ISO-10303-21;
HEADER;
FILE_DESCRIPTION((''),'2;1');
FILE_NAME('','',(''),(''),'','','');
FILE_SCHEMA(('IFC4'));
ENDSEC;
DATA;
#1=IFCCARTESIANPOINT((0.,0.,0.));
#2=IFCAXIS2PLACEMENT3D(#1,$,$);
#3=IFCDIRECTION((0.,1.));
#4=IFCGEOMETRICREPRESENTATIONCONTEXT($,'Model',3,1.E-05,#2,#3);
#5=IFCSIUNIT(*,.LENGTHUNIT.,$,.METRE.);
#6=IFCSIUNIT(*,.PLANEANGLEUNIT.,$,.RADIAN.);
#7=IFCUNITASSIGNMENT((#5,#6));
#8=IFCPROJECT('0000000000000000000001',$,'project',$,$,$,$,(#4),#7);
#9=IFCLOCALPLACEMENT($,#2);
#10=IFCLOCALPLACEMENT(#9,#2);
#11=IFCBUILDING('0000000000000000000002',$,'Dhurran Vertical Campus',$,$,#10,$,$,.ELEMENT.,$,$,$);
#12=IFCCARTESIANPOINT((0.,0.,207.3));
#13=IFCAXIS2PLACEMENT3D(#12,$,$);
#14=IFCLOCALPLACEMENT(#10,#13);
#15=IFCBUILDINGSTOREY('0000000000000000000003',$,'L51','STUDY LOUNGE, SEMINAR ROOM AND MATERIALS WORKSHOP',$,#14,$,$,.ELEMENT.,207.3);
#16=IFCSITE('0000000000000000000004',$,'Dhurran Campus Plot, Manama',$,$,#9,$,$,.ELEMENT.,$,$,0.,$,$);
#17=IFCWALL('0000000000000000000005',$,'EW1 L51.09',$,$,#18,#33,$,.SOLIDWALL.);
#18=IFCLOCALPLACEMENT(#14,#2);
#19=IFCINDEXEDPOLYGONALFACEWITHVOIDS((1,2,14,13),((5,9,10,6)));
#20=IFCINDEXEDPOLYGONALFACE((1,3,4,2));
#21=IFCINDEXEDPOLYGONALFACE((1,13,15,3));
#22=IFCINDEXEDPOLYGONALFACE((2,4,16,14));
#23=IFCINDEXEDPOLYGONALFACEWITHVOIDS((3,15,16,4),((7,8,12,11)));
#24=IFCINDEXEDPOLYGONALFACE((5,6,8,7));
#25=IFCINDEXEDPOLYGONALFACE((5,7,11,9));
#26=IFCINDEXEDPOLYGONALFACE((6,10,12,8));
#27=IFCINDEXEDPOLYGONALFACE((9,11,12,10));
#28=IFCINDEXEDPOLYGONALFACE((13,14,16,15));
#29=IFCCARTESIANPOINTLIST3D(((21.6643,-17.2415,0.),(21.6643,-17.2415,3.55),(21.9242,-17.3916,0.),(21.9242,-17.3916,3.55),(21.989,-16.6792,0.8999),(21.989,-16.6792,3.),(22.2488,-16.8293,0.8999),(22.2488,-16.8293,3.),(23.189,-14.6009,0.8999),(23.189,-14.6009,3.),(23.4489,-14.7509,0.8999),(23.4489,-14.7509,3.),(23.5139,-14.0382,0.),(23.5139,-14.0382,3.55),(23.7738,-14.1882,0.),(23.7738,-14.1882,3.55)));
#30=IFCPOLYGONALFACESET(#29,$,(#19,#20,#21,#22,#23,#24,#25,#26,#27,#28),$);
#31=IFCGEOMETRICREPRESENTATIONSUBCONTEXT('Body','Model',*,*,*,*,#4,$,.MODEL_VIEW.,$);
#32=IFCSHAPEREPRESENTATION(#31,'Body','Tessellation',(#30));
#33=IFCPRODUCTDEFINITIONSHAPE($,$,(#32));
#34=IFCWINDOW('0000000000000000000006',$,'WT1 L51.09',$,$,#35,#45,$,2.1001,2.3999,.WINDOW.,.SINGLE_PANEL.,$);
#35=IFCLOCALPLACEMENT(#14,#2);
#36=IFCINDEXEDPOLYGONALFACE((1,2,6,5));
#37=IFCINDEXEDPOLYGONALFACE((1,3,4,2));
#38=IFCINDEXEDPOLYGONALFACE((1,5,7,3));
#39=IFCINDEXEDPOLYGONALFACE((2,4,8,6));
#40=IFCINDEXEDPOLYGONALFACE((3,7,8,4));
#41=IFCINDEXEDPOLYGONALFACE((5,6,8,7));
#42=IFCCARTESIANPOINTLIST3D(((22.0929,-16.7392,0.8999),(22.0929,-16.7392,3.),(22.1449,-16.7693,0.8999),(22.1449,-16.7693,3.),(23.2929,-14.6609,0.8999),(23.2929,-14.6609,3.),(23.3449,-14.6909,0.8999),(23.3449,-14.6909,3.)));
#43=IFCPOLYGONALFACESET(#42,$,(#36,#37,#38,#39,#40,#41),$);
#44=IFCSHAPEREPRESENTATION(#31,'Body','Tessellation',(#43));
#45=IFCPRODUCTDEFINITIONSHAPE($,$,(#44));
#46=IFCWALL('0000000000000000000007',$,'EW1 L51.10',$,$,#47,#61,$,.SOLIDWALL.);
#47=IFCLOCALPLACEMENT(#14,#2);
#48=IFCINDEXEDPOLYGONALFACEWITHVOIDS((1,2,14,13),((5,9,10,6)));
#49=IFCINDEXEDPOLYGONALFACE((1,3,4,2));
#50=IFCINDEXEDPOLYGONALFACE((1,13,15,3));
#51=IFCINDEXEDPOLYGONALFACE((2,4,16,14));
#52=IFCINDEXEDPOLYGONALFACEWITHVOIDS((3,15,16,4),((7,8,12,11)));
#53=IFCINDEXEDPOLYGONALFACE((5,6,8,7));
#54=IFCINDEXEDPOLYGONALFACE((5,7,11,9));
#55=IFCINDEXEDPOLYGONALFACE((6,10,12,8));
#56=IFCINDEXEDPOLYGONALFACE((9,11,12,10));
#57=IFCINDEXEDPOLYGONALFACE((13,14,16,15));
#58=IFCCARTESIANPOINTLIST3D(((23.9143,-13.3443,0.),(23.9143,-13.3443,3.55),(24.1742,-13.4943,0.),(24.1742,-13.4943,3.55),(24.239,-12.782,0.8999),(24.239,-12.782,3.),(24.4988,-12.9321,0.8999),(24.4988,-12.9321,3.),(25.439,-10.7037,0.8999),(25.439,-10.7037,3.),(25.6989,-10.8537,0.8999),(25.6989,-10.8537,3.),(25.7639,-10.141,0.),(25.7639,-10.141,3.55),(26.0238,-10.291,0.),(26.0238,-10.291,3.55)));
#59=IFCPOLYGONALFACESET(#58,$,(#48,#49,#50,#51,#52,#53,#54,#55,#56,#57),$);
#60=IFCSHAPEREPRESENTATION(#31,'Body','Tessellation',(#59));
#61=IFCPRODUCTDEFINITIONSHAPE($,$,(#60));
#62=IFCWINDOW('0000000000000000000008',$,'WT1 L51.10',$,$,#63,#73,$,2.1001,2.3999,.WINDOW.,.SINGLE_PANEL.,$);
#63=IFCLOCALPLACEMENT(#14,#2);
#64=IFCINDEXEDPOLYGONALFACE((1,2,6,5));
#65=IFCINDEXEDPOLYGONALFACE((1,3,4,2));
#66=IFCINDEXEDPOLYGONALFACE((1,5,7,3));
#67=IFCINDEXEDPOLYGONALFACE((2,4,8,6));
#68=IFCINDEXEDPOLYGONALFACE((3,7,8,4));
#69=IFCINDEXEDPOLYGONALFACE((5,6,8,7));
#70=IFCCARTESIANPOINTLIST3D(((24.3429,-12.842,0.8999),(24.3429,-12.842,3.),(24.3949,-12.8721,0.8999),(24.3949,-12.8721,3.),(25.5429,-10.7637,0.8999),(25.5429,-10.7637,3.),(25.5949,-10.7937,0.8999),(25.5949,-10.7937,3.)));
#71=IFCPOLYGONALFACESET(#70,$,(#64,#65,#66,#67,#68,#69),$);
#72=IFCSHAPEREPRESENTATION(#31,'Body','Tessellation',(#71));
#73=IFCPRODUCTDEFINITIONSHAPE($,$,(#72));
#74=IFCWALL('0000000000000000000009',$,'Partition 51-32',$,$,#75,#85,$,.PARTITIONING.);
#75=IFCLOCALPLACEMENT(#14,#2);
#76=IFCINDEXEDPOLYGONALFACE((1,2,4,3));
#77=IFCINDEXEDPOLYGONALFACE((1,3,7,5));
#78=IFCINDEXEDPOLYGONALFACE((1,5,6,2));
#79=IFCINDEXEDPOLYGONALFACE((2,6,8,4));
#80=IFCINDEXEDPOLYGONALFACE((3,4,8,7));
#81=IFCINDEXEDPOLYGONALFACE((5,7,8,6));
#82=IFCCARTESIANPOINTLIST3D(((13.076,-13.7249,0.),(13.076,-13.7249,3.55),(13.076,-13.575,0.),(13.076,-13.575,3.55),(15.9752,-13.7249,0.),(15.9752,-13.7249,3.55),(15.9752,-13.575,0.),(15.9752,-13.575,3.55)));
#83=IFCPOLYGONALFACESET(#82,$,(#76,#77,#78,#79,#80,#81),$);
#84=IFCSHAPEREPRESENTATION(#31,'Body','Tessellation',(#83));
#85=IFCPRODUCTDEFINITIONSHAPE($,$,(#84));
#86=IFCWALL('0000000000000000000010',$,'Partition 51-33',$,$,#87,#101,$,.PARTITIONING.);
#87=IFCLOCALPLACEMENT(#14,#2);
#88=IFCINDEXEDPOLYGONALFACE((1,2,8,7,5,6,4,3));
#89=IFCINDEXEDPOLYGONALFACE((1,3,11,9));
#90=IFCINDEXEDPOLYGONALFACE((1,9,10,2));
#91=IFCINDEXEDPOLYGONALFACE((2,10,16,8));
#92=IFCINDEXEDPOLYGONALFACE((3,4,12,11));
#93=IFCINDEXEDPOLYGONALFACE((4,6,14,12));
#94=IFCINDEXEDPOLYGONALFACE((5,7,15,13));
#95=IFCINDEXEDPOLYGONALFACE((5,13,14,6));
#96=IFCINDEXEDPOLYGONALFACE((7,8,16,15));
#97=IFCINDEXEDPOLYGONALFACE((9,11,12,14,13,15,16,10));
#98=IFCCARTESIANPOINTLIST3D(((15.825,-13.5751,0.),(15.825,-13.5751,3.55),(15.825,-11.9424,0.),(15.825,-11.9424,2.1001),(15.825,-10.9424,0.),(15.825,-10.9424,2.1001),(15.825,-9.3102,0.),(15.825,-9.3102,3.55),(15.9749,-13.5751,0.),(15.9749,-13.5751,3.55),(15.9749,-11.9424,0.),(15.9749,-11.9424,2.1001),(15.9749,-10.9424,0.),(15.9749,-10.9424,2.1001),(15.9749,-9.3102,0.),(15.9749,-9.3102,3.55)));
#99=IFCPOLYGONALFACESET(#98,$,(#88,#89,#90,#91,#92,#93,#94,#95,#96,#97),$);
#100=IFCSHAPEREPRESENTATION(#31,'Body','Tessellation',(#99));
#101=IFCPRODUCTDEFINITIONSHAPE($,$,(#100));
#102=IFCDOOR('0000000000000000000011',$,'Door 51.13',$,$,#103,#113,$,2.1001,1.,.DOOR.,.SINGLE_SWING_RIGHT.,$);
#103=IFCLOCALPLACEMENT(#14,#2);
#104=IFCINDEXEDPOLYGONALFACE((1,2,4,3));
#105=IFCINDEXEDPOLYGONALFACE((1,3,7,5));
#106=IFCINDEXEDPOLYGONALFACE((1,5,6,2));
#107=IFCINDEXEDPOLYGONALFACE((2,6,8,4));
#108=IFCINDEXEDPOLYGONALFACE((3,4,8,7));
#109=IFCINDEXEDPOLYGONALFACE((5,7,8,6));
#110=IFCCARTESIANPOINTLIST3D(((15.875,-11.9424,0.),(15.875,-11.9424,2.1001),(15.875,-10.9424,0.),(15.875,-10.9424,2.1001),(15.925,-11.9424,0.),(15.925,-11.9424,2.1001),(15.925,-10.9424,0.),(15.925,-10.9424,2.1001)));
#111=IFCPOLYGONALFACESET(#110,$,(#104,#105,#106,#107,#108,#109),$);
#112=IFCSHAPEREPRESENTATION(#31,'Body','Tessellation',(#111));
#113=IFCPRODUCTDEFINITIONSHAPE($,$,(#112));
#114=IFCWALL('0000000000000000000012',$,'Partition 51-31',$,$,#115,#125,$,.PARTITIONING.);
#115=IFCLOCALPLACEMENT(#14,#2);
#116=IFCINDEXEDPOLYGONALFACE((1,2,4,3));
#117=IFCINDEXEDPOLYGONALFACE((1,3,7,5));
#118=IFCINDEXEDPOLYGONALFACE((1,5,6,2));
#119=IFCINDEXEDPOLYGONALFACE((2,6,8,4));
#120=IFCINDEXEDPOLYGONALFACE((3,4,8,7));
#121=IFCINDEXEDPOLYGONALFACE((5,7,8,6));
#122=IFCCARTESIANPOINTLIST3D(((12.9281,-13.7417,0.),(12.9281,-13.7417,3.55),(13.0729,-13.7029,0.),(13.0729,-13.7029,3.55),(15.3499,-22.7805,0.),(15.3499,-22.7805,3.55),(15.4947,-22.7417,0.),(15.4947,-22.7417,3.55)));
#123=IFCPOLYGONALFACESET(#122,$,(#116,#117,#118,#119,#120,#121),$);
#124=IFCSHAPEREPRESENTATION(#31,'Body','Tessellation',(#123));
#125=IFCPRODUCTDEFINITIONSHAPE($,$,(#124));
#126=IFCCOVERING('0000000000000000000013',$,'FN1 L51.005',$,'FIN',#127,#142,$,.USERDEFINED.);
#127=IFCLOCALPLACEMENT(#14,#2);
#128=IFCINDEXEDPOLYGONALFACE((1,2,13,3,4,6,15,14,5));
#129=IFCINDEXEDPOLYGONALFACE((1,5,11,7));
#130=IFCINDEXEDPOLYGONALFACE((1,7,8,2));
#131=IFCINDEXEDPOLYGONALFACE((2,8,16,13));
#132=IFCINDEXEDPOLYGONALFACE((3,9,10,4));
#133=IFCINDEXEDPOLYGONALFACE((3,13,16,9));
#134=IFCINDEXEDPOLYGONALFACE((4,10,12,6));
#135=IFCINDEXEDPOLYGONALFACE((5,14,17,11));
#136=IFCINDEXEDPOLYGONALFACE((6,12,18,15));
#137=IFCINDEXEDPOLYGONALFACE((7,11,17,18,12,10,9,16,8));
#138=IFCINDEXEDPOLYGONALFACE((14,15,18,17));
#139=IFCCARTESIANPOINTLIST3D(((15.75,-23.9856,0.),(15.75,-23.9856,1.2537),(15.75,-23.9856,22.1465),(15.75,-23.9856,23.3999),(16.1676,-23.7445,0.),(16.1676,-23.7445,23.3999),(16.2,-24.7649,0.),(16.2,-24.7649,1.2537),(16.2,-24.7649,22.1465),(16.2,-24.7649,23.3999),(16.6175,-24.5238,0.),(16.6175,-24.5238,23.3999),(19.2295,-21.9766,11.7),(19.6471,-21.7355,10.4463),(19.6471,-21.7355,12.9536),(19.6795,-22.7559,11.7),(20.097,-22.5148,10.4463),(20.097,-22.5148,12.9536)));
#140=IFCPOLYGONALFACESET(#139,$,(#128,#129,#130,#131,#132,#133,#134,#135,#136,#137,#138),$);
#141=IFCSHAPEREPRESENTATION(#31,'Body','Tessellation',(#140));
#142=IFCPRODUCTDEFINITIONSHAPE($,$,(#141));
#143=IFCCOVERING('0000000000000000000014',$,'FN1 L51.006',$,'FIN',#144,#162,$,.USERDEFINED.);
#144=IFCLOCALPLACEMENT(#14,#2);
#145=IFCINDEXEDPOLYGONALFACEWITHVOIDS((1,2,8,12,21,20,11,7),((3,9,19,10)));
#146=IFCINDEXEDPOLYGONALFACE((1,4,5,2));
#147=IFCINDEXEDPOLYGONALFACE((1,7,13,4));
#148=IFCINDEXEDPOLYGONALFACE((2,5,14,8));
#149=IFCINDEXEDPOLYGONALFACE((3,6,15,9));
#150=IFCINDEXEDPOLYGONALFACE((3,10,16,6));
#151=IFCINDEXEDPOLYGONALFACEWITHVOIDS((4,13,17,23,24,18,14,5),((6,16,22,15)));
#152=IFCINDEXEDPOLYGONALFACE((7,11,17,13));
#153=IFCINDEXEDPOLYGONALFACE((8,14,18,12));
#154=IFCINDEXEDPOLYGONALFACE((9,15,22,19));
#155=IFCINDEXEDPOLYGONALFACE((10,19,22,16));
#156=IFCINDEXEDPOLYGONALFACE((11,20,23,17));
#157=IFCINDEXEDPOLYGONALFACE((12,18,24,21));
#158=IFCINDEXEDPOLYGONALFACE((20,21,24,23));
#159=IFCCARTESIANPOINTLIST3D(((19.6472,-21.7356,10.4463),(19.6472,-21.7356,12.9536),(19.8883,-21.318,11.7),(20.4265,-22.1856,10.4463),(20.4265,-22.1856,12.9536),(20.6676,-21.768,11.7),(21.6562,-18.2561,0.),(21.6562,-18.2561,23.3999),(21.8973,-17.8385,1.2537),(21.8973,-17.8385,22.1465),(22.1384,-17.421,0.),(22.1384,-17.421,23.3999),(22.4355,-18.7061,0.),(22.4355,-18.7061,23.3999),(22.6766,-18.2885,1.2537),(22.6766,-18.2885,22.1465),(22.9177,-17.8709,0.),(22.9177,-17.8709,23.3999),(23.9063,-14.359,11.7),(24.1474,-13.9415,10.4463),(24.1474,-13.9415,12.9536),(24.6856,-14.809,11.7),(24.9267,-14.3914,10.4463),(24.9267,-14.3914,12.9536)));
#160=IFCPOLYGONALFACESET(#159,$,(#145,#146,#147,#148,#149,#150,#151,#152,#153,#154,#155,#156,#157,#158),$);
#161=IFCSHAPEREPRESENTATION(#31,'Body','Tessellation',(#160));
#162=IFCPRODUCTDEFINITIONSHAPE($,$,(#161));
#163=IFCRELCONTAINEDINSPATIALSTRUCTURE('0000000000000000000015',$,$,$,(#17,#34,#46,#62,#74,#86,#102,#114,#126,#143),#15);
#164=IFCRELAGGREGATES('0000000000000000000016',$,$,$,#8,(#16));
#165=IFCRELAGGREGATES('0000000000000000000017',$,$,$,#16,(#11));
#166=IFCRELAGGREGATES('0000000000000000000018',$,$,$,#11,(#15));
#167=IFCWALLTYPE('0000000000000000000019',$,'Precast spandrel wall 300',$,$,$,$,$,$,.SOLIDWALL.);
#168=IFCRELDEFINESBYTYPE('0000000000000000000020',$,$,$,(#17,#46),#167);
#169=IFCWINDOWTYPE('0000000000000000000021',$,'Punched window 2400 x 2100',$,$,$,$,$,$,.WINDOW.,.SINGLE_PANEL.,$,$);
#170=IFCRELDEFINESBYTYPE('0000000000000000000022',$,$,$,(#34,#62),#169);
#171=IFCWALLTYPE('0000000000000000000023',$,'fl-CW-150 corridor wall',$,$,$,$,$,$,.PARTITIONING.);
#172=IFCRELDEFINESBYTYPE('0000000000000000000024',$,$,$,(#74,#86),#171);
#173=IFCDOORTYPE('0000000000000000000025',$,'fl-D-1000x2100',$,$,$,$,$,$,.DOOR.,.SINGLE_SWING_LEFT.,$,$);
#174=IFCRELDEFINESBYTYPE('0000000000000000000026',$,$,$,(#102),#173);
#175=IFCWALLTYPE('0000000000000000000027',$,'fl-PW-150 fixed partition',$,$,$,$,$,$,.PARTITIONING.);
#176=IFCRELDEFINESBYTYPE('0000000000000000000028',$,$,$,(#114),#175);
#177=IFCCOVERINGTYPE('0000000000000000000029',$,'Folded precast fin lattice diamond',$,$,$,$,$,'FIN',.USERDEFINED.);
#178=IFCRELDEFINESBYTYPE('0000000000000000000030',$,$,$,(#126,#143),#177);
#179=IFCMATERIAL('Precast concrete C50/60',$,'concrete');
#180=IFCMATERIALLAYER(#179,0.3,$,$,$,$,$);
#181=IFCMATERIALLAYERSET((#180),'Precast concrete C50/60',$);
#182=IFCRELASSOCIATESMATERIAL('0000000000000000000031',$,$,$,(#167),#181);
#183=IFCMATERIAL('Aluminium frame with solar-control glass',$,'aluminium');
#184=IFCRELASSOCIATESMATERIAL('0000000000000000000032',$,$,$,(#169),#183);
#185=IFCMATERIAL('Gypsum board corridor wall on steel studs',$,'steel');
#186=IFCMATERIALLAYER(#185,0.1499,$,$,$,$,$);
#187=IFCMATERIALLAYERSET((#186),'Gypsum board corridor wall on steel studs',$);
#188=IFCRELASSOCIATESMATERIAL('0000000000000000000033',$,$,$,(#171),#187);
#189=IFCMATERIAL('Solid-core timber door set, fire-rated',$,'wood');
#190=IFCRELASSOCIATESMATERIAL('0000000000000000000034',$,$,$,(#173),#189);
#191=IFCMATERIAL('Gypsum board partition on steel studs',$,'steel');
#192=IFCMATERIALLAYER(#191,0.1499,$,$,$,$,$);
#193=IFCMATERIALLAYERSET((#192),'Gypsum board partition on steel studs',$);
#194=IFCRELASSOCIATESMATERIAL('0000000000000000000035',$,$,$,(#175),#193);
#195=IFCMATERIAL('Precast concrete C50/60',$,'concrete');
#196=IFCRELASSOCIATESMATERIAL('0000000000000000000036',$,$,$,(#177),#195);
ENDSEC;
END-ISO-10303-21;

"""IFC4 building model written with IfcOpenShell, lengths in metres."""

from ifc_helpers import new_model, si_unit, direction, frame, frame_2d, origin, place, context, subcontext, project, spatial, polyline, rectangle, outline, extrude, material, layer, layer_set, type_object, element, fill, save


model = new_model("IFC4")

# Units and contexts
model_context = context("Model", 3, precision=1e-05, world=origin(), true_north=direction((0.0, 1.0)))
body_context = subcontext(model_context, "Body", "Model", "MODEL_VIEW")
ifc_project = project(units=[si_unit("LENGTHUNIT", "METRE"), si_unit("PLANEANGLEUNIT", "RADIAN")], contexts=[model_context])

# Site, building, storey
site_placement = place(None, origin())
site = spatial("IfcSite", under=ifc_project, at=site_placement, Name="Dhurran Campus Plot, Manama", CompositionType="ELEMENT", RefElevation=0.0)
building_placement = place(site_placement, origin())
building = spatial("IfcBuilding", under=site, at=building_placement, Name="Dhurran Vertical Campus", CompositionType="ELEMENT")
storey_placement = place(building_placement, frame((0.0, 0.0, 207.3)))
storey = spatial("IfcBuildingStorey", under=building, at=storey_placement, Name="L51", Description="STUDY LOUNGE, SEMINAR ROOM AND MATERIALS WORKSHOP", CompositionType="ELEMENT", Elevation=207.3)

# Walls, openings, windows
ifc_material_1 = material(Name="Precast concrete C50/60", Category="concrete")
ifc_layer_1 = layer(ifc_material_1, 0.3)
ifc_layer_set_1 = layer_set([ifc_layer_1], Name="Precast concrete C50/60")
wall_type_1 = type_object("IfcWallType", Name="Precast spandrel wall 300", PredefinedType="SOLIDWALL", material=ifc_layer_set_1)
ifc_material_2 = material(Name="Aluminium frame with solar-control glass", Category="aluminium")
window_type = type_object("IfcWindowType", Name="Punched window 2400 x 2100", PartitioningType="SINGLE_PANEL", PredefinedType="WINDOW", material=ifc_material_2)
wall_1_placement = place(storey_placement, frame((21.7942, -17.3167, 0.0), z_axis=(0.0, 0.0, 1.0), x_axis=(0.500029, 0.866009, 0.0)))
wall_1 = element("IfcWall", 1, at=wall_1_placement, inside=storey, type_object=wall_type_1, Name="EW1 L51.09", PredefinedType="SOLIDWALL", context=body_context, shape_type="SweptSolid", body=[
    extrude(rectangle(XDim=3.699, YDim=0.3, at=frame_2d((1.8496, 0.0))), origin(), (0.0, 0.0, 1.0), 3.55),
])
opening_1_placement = place(wall_1_placement, frame((0.6494, 0.0, 0.8999)))
opening_1 = element("IfcOpeningElement", 2, at=opening_1_placement, cuts=wall_1, PredefinedType="OPENING", context=body_context, shape_type="SweptSolid", body=[
    extrude(rectangle(XDim=2.3999, YDim=2.1001, at=frame_2d((1.2, 1.05))), frame((0.0, 0.1599, 0.0), z_axis=(0.0, -1.0, 0.0), x_axis=(1.0, 0.0, 0.0)), (0.0, 0.0, 1.0), 0.3201),
])
window_1_placement = place(opening_1_placement, origin())
window_1 = element("IfcWindow", 3, at=window_1_placement, inside=storey, type_object=window_type, Name="WT1 L51.09", OverallHeight=2.1001, OverallWidth=2.3999, PartitioningType="SINGLE_PANEL", PredefinedType="WINDOW", context=body_context, shape_type="SweptSolid", body=[
    extrude(rectangle(XDim=2.3999, YDim=2.1001, at=frame_2d((1.2, 1.05))), frame((0.0, 0.03, 0.0), z_axis=(0.0, -1.0, 0.0), x_axis=(1.0, 0.0, 0.0)), (0.0, 0.0, 1.0), 0.0601),
])
fill(opening_1, window_1)
wall_2_placement = place(storey_placement, frame((24.0442, -13.4194, 0.0), z_axis=(0.0, 0.0, 1.0), x_axis=(0.500029, 0.866009, 0.0)))
wall_2 = element("IfcWall", 4, at=wall_2_placement, inside=storey, type_object=wall_type_1, Name="EW1 L51.10", PredefinedType="SOLIDWALL", context=body_context, shape_type="SweptSolid", body=[
    extrude(rectangle(XDim=3.699, YDim=0.3, at=frame_2d((1.8496, 0.0))), origin(), (0.0, 0.0, 1.0), 3.55),
])
opening_2_placement = place(wall_2_placement, frame((0.6494, 0.0, 0.8999)))
opening_2 = element("IfcOpeningElement", 5, at=opening_2_placement, cuts=wall_2, PredefinedType="OPENING", context=body_context, shape_type="SweptSolid", body=[
    extrude(rectangle(XDim=2.3999, YDim=2.1001, at=frame_2d((1.2, 1.05))), frame((0.0, 0.1599, 0.0), z_axis=(0.0, -1.0, 0.0), x_axis=(1.0, 0.0, 0.0)), (0.0, 0.0, 1.0), 0.3201),
])
window_2_placement = place(opening_2_placement, origin())
window_2 = element("IfcWindow", 6, at=window_2_placement, inside=storey, type_object=window_type, Name="WT1 L51.10", OverallHeight=2.1001, OverallWidth=2.3999, PartitioningType="SINGLE_PANEL", PredefinedType="WINDOW", context=body_context, shape_type="SweptSolid", body=[
    extrude(rectangle(XDim=2.3999, YDim=2.1001, at=frame_2d((1.2, 1.05))), frame((0.0, 0.03, 0.0), z_axis=(0.0, -1.0, 0.0), x_axis=(1.0, 0.0, 0.0)), (0.0, 0.0, 1.0), 0.0601),
])
fill(opening_2, window_2)

# Wall
ifc_material_3 = material(Name="Gypsum board corridor wall on steel studs", Category="steel")
ifc_layer_2 = layer(ifc_material_3, 0.1499)
ifc_layer_set_2 = layer_set([ifc_layer_2], Name="Gypsum board corridor wall on steel studs")
wall_type_2 = type_object("IfcWallType", Name="fl-CW-150 corridor wall", PredefinedType="PARTITIONING", material=ifc_layer_set_2)
wall_3_placement = place(storey_placement, frame((13.0759, -13.6499, 0.0), z_axis=(0.0, 0.0, 1.0), x_axis=(1.0, 0.0, 0.0)))
element("IfcWall", 7, at=wall_3_placement, inside=storey, type_object=wall_type_2, Name="Partition 51-32", PredefinedType="PARTITIONING", context=body_context, shape_type="SweptSolid", body=[
    extrude(rectangle(XDim=2.8992, YDim=0.1499, at=frame_2d((1.4497, 0.0))), origin(), (0.0, 0.0, 1.0), 3.55),
])

# Wall, opening, door
wall_4_placement = place(storey_placement, frame((15.8999, -13.575, 0.0), z_axis=(0.0, 0.0, 1.0), x_axis=(0.0, 1.0, 0.0)))
wall_4 = element("IfcWall", 8, at=wall_4_placement, inside=storey, type_object=wall_type_2, Name="Partition 51-33", PredefinedType="PARTITIONING", context=body_context, shape_type="SweptSolid", body=[
    extrude(rectangle(XDim=4.2649, YDim=0.1499, at=frame_2d((2.1323, 0.0))), origin(), (0.0, 0.0, 1.0), 3.55),
])
opening_3_placement = place(wall_4_placement, frame((1.6326, 0.0, 0.0)))
opening_3 = element("IfcOpeningElement", 9, at=opening_3_placement, cuts=wall_4, PredefinedType="OPENING", context=body_context, shape_type="SweptSolid", body=[
    extrude(rectangle(XDim=1.0, YDim=2.1001, at=frame_2d((0.5, 1.05))), frame((0.0, 0.085, 0.0), z_axis=(0.0, -1.0, 0.0), x_axis=(1.0, 0.0, 0.0)), (0.0, 0.0, 1.0), 0.1699),
])
ifc_material_4 = material(Name="Solid-core timber door set, fire-rated", Category="wood")
door_type = type_object("IfcDoorType", Name="fl-D-1000x2100", OperationType="SINGLE_SWING_LEFT", PredefinedType="DOOR", material=ifc_material_4)
door_placement = place(opening_3_placement, origin())
door = element("IfcDoor", 10, at=door_placement, inside=storey, type_object=door_type, Name="Door 51.13", OperationType="SINGLE_SWING_RIGHT", OverallHeight=2.1001, OverallWidth=1.0, PredefinedType="DOOR", context=body_context, shape_type="SweptSolid", body=[
    extrude(rectangle(XDim=1.0, YDim=2.1001, at=frame_2d((0.5, 1.05))), frame((0.0, 0.0249, 0.0), z_axis=(0.0, -1.0, 0.0), x_axis=(1.0, 0.0, 0.0)), (0.0, 0.0, 1.0), 0.05),
])
fill(opening_3, door)

# Wall
ifc_material_5 = material(Name="Gypsum board partition on steel studs", Category="steel")
ifc_layer_3 = layer(ifc_material_5, 0.1499)
ifc_layer_set_3 = layer_set([ifc_layer_3], Name="Gypsum board partition on steel studs")
wall_type_3 = type_object("IfcWallType", Name="fl-PW-150 fixed partition", PredefinedType="PARTITIONING", material=ifc_layer_set_3)
wall_5_placement = place(storey_placement, frame((13.0005, -13.7224, 0.0), z_axis=(0.0, 0.0, 1.0), x_axis=(0.258812, -0.965928, 0.0)))
element("IfcWall", 11, at=wall_5_placement, inside=storey, type_object=wall_type_3, Name="Partition 51-31", PredefinedType="PARTITIONING", context=body_context, shape_type="SweptSolid", body=[
    extrude(rectangle(XDim=9.3577, YDim=0.1499, at=frame_2d((4.6787, 0.0))), origin(), (0.0, 0.0, 1.0), 3.55),
])

# Coverings
ifc_material_6 = material(Name="Precast concrete C50/60", Category="concrete")
covering_type = type_object("IfcCoveringType", Name="Folded precast fin lattice diamond", ElementType="FIN", PredefinedType="USERDEFINED", material=ifc_material_6)
covering_placement = place(storey_placement, frame((15.75, -23.9856, 0.0), z_axis=(0.50002, -0.866014, 0.0), x_axis=(0.866014, 0.50002, 0.0)))
element("IfcCovering", 12, at=covering_placement, inside=storey, type_object=covering_type, Name="FN1 L51.005", ObjectType="FIN", PredefinedType="USERDEFINED", context=body_context, shape_type="SweptSolid", body=[
    extrude(outline(polyline([(4.5, 10.4463), (0.4822, 0.0), (0.0, 0.0), (0.0, 1.2537), (4.0178, 11.7), (0.0, 22.1465), (0.0, 23.3999), (0.4822, 23.3999), (4.5, 12.9536), (4.5, 10.4463)])), origin(), (0.0, 0.0, 1.0), 0.8999),
])
for number, where, z_axis, x_axis, name in (
    (13, (19.6472, -21.7356, 0.0), (0.866014, -0.50002, 0.0), (0.50002, 0.866014, 0.0), "FN1 L51.006"),
):
    element("IfcCovering", number, at=place(storey_placement, frame(where, z_axis=z_axis, x_axis=x_axis)), inside=storey, type_object=covering_type, Name=name, ObjectType="FIN", PredefinedType="USERDEFINED", context=body_context, shape_type="SweptSolid", body=[
        extrude(outline(polyline([(9.0, 12.9536), (9.0, 10.4463), (4.9822, 0.0), (4.0178, 0.0), (0.0, 10.4463), (0.0, 12.9536), (4.0178, 23.3999), (4.9822, 23.3999), (9.0, 12.9536)]), holes=[polyline([(8.5178, 11.7), (4.5, 22.1465), (0.4822, 11.7), (4.5, 1.2537), (8.5178, 11.7)])]), origin(), (0.0, 0.0, 1.0), 0.8999),
    ])

save(model, "model.ifc")
